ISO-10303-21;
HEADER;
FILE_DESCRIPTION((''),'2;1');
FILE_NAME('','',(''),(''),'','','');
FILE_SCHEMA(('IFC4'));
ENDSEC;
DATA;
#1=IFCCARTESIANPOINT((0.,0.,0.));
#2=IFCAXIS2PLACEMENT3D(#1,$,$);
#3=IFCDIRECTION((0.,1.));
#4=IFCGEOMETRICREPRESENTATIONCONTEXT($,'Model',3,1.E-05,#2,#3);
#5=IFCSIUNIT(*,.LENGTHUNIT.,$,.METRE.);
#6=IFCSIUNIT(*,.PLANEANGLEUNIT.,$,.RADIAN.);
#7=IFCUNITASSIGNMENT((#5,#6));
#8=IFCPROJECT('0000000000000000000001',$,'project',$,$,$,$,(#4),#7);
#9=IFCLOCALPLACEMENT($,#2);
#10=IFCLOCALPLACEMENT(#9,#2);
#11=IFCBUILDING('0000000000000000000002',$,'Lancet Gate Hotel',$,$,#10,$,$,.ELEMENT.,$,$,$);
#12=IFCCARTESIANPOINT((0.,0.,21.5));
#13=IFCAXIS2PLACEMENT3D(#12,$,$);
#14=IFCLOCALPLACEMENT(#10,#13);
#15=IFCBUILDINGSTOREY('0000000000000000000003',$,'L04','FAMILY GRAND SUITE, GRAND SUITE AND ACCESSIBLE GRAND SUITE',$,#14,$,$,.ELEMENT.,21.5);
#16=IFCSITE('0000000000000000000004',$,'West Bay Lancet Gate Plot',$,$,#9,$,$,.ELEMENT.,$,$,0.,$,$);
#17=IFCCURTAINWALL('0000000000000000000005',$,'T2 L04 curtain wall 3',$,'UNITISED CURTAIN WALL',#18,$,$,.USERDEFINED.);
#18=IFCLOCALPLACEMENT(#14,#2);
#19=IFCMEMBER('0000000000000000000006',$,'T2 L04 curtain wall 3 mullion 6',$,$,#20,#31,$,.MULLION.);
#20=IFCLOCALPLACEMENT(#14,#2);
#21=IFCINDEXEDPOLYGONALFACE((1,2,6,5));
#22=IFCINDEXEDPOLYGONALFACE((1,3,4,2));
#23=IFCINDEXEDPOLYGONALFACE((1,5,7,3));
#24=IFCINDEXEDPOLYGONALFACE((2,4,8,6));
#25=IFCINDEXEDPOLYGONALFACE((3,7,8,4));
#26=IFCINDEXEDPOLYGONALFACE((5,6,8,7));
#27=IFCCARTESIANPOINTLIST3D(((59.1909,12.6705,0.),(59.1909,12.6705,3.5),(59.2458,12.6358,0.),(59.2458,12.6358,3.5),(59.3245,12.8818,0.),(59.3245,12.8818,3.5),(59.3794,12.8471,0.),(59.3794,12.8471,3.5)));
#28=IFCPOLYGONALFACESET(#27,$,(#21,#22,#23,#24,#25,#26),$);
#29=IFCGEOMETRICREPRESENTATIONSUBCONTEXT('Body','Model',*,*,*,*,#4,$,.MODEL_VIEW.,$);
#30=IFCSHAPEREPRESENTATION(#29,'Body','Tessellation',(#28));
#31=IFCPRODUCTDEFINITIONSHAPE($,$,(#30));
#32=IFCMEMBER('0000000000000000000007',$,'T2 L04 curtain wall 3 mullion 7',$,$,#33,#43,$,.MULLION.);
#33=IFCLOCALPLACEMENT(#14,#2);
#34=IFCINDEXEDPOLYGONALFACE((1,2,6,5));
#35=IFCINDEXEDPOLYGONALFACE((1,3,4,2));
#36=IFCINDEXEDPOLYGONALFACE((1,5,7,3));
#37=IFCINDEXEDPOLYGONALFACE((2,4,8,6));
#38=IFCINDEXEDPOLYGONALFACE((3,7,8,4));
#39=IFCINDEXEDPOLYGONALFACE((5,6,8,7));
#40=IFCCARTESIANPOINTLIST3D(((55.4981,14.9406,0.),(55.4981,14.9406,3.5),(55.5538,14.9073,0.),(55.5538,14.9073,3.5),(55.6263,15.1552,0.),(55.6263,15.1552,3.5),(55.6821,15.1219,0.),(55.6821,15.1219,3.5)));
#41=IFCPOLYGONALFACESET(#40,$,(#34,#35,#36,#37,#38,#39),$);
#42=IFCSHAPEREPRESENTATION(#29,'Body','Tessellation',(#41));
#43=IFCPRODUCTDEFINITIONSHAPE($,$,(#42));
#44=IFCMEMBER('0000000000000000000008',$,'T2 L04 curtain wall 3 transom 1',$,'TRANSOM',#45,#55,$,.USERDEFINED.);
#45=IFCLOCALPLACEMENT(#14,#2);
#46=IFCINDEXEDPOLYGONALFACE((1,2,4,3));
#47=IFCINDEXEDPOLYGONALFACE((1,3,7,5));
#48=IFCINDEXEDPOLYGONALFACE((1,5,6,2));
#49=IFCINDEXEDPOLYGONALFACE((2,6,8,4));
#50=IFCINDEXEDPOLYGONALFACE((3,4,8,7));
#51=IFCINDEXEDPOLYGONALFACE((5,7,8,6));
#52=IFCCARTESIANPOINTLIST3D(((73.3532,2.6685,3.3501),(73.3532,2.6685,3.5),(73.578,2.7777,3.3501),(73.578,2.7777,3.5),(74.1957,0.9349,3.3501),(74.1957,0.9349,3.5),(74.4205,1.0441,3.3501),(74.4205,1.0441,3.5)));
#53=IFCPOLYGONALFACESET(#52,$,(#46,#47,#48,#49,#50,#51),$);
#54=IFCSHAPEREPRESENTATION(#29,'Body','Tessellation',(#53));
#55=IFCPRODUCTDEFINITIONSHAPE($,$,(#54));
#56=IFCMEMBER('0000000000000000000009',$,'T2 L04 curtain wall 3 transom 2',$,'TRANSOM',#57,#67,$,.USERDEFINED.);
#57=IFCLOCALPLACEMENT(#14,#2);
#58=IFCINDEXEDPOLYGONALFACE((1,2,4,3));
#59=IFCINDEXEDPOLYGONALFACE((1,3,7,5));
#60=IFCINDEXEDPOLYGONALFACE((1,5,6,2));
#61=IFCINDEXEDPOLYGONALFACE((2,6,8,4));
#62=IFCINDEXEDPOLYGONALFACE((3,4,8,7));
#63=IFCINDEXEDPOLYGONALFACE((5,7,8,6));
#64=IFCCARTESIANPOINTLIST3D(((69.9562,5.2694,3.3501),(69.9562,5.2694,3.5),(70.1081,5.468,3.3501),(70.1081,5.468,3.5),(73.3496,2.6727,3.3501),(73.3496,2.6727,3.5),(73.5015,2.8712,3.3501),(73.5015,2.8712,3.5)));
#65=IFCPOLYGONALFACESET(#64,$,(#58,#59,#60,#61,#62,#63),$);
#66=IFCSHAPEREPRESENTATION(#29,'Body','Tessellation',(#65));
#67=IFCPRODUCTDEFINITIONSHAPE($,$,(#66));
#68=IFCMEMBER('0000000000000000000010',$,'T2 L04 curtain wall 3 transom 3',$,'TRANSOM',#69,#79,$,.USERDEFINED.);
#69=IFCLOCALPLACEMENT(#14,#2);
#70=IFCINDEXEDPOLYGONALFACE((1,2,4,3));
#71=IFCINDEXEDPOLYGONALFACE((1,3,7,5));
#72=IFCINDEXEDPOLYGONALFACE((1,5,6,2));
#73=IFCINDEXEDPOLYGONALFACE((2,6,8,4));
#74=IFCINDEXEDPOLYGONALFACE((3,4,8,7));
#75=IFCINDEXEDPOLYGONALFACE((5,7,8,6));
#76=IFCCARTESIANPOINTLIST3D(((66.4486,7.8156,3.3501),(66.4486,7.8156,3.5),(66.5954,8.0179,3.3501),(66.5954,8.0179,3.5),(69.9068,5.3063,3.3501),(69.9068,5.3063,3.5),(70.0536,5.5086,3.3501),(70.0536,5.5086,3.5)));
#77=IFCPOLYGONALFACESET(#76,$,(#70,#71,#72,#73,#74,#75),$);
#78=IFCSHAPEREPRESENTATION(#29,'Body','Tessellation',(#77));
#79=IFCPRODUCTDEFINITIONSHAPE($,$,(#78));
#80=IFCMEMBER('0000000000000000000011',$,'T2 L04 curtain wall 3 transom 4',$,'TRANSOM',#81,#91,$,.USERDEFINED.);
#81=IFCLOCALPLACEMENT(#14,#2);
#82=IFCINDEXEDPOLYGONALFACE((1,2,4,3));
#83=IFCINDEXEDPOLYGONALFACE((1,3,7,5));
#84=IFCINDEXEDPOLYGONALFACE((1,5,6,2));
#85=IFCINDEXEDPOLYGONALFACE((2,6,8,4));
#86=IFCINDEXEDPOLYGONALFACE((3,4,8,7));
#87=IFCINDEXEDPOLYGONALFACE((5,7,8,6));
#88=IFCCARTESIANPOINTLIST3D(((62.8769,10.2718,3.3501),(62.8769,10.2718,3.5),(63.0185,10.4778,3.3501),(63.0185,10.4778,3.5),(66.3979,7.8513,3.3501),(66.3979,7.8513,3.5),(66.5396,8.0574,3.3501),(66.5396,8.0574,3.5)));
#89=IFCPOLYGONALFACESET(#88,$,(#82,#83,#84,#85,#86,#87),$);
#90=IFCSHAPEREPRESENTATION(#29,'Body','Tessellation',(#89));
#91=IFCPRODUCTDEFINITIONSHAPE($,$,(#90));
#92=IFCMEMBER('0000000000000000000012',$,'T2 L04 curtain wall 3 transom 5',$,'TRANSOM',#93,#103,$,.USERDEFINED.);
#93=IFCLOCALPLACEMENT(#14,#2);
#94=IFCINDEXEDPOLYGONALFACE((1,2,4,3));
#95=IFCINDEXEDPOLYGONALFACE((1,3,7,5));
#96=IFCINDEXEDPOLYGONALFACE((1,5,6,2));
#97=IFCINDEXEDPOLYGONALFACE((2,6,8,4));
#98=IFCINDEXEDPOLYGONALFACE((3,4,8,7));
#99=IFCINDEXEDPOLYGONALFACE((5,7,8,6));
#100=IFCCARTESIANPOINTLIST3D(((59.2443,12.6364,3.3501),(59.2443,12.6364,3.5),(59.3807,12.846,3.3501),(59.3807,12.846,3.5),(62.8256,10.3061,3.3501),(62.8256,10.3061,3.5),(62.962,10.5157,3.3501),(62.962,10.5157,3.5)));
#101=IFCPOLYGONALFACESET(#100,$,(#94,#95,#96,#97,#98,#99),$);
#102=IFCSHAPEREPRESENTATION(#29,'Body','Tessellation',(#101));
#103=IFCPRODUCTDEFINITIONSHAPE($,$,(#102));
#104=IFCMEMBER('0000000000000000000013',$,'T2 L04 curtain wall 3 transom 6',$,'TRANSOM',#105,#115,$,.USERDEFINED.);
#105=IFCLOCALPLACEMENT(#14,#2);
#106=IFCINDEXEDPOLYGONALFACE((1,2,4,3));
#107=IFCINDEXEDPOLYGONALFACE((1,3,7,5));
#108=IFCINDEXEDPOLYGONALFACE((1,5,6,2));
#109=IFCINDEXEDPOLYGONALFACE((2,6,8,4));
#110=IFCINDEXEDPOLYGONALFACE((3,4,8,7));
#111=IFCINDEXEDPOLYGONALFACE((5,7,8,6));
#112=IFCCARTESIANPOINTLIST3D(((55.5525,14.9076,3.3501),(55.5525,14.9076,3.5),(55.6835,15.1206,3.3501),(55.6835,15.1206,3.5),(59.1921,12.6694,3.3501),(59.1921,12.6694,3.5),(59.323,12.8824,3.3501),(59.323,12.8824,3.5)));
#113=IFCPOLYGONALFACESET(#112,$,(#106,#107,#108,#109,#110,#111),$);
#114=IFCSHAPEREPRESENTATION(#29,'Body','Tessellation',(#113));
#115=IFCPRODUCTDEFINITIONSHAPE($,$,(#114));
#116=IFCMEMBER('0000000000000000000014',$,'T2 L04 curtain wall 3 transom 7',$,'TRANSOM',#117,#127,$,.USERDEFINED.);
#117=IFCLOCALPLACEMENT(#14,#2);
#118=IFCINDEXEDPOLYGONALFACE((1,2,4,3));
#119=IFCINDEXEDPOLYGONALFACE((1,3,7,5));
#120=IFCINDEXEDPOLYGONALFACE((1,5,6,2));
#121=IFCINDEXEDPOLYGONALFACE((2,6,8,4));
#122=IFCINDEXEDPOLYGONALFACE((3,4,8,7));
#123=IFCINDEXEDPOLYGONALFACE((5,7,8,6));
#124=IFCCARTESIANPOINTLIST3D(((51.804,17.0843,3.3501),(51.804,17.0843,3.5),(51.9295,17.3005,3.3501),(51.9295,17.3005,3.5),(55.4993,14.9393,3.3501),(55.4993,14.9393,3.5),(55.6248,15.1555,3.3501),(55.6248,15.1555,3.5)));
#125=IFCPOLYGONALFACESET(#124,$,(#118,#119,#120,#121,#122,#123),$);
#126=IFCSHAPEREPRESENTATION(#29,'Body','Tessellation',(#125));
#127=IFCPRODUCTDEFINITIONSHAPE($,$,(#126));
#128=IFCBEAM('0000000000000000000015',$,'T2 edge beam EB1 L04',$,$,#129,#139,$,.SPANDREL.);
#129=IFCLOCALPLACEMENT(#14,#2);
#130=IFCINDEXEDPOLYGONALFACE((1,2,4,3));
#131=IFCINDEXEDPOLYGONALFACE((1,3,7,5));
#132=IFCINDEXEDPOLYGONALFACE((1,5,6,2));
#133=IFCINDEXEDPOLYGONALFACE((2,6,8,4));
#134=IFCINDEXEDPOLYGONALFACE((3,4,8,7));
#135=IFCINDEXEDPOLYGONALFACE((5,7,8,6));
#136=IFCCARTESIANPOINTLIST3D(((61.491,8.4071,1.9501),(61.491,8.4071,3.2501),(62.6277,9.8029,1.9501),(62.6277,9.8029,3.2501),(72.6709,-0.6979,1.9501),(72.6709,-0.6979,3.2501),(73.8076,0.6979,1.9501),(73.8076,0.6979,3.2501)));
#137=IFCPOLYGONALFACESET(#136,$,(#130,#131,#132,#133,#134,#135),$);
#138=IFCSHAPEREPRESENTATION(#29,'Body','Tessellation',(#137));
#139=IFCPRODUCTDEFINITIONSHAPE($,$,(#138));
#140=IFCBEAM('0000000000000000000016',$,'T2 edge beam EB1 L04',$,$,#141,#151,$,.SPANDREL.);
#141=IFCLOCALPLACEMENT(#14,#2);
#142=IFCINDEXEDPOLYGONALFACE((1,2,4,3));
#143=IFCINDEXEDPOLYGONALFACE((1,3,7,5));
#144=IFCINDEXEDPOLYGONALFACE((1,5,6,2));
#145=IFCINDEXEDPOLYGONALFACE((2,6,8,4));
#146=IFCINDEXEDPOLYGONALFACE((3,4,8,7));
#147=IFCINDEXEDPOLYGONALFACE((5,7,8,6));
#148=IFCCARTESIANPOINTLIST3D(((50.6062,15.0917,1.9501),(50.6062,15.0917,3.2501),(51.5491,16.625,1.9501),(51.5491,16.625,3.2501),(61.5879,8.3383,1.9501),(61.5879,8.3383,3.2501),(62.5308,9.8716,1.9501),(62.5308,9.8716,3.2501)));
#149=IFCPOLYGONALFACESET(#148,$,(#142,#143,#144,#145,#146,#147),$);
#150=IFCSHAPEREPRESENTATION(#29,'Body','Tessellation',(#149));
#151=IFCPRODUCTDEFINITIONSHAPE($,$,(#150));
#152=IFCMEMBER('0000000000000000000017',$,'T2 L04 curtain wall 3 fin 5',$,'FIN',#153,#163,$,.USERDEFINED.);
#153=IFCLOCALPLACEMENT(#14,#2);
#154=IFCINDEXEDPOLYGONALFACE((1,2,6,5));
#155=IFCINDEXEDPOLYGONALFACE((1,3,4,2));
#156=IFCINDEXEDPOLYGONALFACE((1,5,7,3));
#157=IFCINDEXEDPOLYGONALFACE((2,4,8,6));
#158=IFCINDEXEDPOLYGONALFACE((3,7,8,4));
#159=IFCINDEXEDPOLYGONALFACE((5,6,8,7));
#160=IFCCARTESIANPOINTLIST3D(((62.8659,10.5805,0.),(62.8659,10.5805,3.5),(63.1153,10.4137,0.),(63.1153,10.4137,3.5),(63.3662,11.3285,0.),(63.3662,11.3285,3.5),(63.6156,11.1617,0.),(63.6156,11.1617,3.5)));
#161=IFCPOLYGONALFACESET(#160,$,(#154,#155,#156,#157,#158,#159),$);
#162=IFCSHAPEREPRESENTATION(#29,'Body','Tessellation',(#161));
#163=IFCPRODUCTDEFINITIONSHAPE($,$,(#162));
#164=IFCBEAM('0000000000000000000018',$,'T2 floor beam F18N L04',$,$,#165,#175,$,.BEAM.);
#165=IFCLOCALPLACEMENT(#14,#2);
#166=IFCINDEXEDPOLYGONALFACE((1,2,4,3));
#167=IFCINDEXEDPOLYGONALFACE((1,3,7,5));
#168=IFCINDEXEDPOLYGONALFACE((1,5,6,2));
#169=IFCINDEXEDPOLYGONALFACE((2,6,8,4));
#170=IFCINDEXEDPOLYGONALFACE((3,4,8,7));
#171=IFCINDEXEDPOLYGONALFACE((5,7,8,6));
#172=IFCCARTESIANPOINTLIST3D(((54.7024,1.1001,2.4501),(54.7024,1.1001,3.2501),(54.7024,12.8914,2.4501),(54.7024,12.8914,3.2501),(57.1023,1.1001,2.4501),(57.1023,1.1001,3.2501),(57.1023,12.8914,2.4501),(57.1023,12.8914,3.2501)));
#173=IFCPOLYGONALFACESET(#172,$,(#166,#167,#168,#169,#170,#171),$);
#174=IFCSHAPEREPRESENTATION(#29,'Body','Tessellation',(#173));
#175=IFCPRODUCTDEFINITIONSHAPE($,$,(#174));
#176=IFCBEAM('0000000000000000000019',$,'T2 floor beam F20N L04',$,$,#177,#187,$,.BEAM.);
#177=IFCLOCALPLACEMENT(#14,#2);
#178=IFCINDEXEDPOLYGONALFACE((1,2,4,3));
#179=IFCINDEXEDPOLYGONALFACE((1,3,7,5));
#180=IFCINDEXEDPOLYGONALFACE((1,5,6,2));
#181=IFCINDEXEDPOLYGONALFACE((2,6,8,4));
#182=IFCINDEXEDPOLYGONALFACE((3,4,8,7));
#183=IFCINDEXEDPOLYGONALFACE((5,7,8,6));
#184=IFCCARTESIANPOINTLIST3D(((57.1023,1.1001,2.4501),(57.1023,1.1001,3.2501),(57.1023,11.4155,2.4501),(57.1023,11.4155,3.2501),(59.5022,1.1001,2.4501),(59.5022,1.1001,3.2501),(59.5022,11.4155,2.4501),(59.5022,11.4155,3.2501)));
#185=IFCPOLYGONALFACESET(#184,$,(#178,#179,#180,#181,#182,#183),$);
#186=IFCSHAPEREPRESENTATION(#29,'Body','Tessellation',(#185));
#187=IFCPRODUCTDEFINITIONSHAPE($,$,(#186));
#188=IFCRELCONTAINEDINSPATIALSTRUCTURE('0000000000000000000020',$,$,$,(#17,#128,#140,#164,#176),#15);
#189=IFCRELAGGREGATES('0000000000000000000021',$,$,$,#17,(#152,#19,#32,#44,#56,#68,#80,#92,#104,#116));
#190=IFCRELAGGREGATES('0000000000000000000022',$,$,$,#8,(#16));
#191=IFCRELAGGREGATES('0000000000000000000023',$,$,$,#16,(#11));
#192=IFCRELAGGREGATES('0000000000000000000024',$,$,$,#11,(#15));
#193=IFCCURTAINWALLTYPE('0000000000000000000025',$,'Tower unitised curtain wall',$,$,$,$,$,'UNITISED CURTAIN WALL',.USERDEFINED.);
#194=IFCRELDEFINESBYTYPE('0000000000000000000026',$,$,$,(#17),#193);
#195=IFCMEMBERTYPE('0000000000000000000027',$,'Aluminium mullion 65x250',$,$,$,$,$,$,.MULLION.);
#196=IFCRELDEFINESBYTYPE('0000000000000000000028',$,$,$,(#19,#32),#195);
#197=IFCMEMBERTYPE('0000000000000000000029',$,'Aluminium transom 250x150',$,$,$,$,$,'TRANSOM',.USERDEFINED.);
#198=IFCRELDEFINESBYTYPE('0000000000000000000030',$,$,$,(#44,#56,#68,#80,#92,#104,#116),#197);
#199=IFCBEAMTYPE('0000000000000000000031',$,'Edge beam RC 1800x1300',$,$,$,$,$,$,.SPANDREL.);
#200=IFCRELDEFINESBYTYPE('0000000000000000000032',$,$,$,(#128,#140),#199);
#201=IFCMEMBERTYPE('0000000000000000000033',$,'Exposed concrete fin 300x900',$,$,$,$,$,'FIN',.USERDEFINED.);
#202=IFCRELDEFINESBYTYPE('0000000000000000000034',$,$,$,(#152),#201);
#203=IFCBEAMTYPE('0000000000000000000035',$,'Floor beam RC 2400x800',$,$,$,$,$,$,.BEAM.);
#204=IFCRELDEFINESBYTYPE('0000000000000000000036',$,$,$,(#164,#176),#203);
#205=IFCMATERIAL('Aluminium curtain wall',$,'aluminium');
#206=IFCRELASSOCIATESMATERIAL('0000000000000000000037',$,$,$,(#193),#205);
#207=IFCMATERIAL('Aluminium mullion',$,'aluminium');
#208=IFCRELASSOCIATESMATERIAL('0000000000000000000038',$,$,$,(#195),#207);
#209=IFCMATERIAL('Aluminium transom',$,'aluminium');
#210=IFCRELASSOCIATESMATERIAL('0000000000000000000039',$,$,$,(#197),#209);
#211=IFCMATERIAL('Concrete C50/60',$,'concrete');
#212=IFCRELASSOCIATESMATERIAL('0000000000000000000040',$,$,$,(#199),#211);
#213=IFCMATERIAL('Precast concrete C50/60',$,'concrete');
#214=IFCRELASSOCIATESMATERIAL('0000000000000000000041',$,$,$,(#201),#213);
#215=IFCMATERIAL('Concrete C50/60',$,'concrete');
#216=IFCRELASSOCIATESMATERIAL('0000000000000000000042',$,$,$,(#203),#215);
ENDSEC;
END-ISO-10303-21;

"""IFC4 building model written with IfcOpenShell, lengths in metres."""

from ifc_helpers import new_model, si_unit, direction, frame, origin, origin_2d, place, context, subcontext, project, spatial, rectangle, extrude, material, material_profile, profile_set, type_object, element, aggregate, save


model = new_model("IFC4")

# Units and contexts
model_context = context("Model", 3, precision=1e-05, world=origin(), true_north=direction((0.0, 1.0)))
body_context = subcontext(model_context, "Body", "Model", "MODEL_VIEW")
ifc_project = project(units=[si_unit("LENGTHUNIT", "METRE"), si_unit("PLANEANGLEUNIT", "RADIAN")], contexts=[model_context])

# Site, building, storey
site_placement = place(None, origin())
site = spatial("IfcSite", under=ifc_project, at=site_placement, Name="West Bay Lancet Gate Plot", CompositionType="ELEMENT", RefElevation=0.0)
building_placement = place(site_placement, origin())
building = spatial("IfcBuilding", under=site, at=building_placement, Name="Lancet Gate Hotel", CompositionType="ELEMENT")
storey_placement = place(building_placement, frame((0.0, 0.0, 21.5)))
storey = spatial("IfcBuildingStorey", under=building, at=storey_placement, Name="L04", Description="FAMILY GRAND SUITE, GRAND SUITE AND ACCESSIBLE GRAND SUITE", CompositionType="ELEMENT", Elevation=21.5)

# Curtain wall, members
ifc_material_1 = material(Name="Aluminium curtain wall", Category="aluminium")
curtain_wall_type = type_object("IfcCurtainWallType", Name="Tower unitised curtain wall", ElementType="UNITISED CURTAIN WALL", PredefinedType="USERDEFINED", material=ifc_material_1)
curtain_wall_placement = place(storey_placement, origin())
curtain_wall = element("IfcCurtainWall", 1, at=curtain_wall_placement, inside=storey, type_object=curtain_wall_type, Name="T2 L04 curtain wall 3", ObjectType="UNITISED CURTAIN WALL", PredefinedType="USERDEFINED")
ifc_material_2 = material(Name="Aluminium mullion", Category="aluminium")
ifc_material_profile_1 = material_profile(ifc_material_2, rectangle(XDim=0.0649, YDim=0.25, at=origin_2d()), Name="MULLION 65x250")
ifc_profile_set_1 = profile_set([ifc_material_profile_1], Name="Aluminium mullion")
member_type_1 = type_object("IfcMemberType", Name="Aluminium mullion 65x250", PredefinedType="MULLION", material=ifc_profile_set_1)
member_1_placement = place(storey_placement, frame((59.2852, 12.7588, 0.0), z_axis=(0.0, 0.0, 1.0), x_axis=(-0.845079, 0.534641, 0.0)))
member_1 = element("IfcMember", 2, at=member_1_placement, type_object=member_type_1, Name="T2 L04 curtain wall 3 mullion 6", PredefinedType="MULLION", context=body_context, shape_type="SweptSolid", body=[
    extrude(rectangle(XDim=0.0649, YDim=0.25, at=origin_2d()), origin(), (0.0, 0.0, 1.0), 3.5),
])
member_2_placement = place(storey_placement, frame((55.5901, 15.0312, 0.0), z_axis=(0.0, 0.0, 1.0), x_axis=(-0.858413, 0.512959, 0.0)))
member_2 = element("IfcMember", 3, at=member_2_placement, type_object=member_type_1, Name="T2 L04 curtain wall 3 mullion 7", PredefinedType="MULLION", context=body_context, shape_type="SweptSolid", body=[
    extrude(rectangle(XDim=0.0649, YDim=0.25, at=origin_2d()), origin(), (0.0, 0.0, 1.0), 3.5),
])
ifc_material_3 = material(Name="Aluminium transom", Category="aluminium")
ifc_material_profile_2 = material_profile(ifc_material_3, rectangle(XDim=0.25, YDim=0.1499, at=origin_2d()), Name="TRANSOM 250x150")
ifc_profile_set_2 = profile_set([ifc_material_profile_2], Name="Aluminium transom")
member_type_2 = type_object("IfcMemberType", Name="Aluminium transom 250x150", ElementType="TRANSOM", PredefinedType="USERDEFINED", material=ifc_profile_set_2)
member_3_placement = place(storey_placement, frame((74.3081, 0.9895, 3.425), z_axis=(-0.437103, 0.899411, 0.0), x_axis=(-0.899411, -0.437103, 0.0)))
member_3 = element("IfcMember", 4, at=member_3_placement, type_object=member_type_2, Name="T2 L04 curtain wall 3 transom 1", ObjectType="TRANSOM", PredefinedType="USERDEFINED", context=body_context, shape_type="SweptSolid", body=[
    extrude(rectangle(XDim=0.25, YDim=0.1499, at=origin_2d()), origin(), (0.0, 0.0, 1.0), 1.9275),
])
member_4_placement = place(storey_placement, frame((73.4255, 2.772, 3.425), z_axis=(-0.794155, 0.607715, 0.0), x_axis=(-0.607715, -0.794155, 0.0)))
member_4 = element("IfcMember", 5, at=member_4_placement, type_object=member_type_2, Name="T2 L04 curtain wall 3 transom 2", ObjectType="TRANSOM", PredefinedType="USERDEFINED", context=body_context, shape_type="SweptSolid", body=[
    extrude(rectangle(XDim=0.25, YDim=0.1499, at=origin_2d()), origin(), (0.0, 0.0, 1.0), 4.2729),
])
member_5_placement = place(storey_placement, frame((69.9802, 5.4075, 3.425), z_axis=(-0.809383, 0.587281, 0.0), x_axis=(-0.587281, -0.809383, 0.0)))
member_5 = element("IfcMember", 6, at=member_5_placement, type_object=member_type_2, Name="T2 L04 curtain wall 3 transom 3", ObjectType="TRANSOM", PredefinedType="USERDEFINED", context=body_context, shape_type="SweptSolid", body=[
    extrude(rectangle(XDim=0.25, YDim=0.1499, at=origin_2d()), origin(), (0.0, 0.0, 1.0), 4.2727),
])
member_6_placement = place(storey_placement, frame((66.4688, 7.9543, 3.425), z_axis=(-0.824072, 0.566485, 0.0), x_axis=(-0.566485, -0.824072, 0.0)))
member_6 = element("IfcMember", 7, at=member_6_placement, type_object=member_type_2, Name="T2 L04 curtain wall 3 transom 4", ObjectType="TRANSOM", PredefinedType="USERDEFINED", context=body_context, shape_type="SweptSolid", body=[
    extrude(rectangle(XDim=0.25, YDim=0.1499, at=origin_2d()), origin(), (0.0, 0.0, 1.0), 4.2727),
])
member_7_placement = place(storey_placement, frame((62.8938, 10.4109, 3.425), z_axis=(-0.838179, 0.545396, 0.0), x_axis=(-0.545396, -0.838179, 0.0)))
member_7 = element("IfcMember", 8, at=member_7_placement, type_object=member_type_2, Name="T2 L04 curtain wall 3 transom 5", ObjectType="TRANSOM", PredefinedType="USERDEFINED", context=body_context, shape_type="SweptSolid", body=[
    extrude(rectangle(XDim=0.25, YDim=0.1499, at=origin_2d()), origin(), (0.0, 0.0, 1.0), 4.2727),
])
member_8_placement = place(storey_placement, frame((59.2576, 12.7759, 3.425), z_axis=(-0.851815, 0.523842, 0.0), x_axis=(-0.523842, -0.851815, 0.0)))
member_8 = element("IfcMember", 9, at=member_8_placement, type_object=member_type_2, Name="T2 L04 curtain wall 3 transom 6", ObjectType="TRANSOM", PredefinedType="USERDEFINED", context=body_context, shape_type="SweptSolid", body=[
    extrude(rectangle(XDim=0.25, YDim=0.1499, at=origin_2d()), origin(), (0.0, 0.0, 1.0), 4.2727),
])
member_9_placement = place(storey_placement, frame((55.562, 15.0474, 3.425), z_axis=(-0.864855, 0.502022, 0.0), x_axis=(-0.502022, -0.864855, 0.0)))
member_9 = element("IfcMember", 10, at=member_9_placement, type_object=member_type_2, Name="T2 L04 curtain wall 3 transom 7", ObjectType="TRANSOM", PredefinedType="USERDEFINED", context=body_context, shape_type="SweptSolid", body=[
    extrude(rectangle(XDim=0.25, YDim=0.1499, at=origin_2d()), origin(), (0.0, 0.0, 1.0), 4.2727),
])

# Beams
ifc_material_4 = material(Name="Concrete C50/60", Category="concrete")
ifc_material_profile_3 = material_profile(ifc_material_4, rectangle(XDim=1.8, YDim=1.3, at=origin_2d()), Name="RC 1800x1300")
ifc_profile_set_3 = profile_set([ifc_material_profile_3], Name="Concrete C50/60")
beam_type_1 = type_object("IfcBeamType", Name="Edge beam RC 1800x1300", PredefinedType="SPANDREL", material=ifc_profile_set_3)
beam_1_placement = place(storey_placement, frame((73.2393, 0.0, 2.6001), z_axis=(-0.775391, 0.631481, 0.0), x_axis=(-0.631481, -0.775391, 0.0)))
element("IfcBeam", 11, at=beam_1_placement, inside=storey, type_object=beam_type_1, Name="T2 edge beam EB1 L04", PredefinedType="SPANDREL", context=body_context, shape_type="SweptSolid", body=[
    extrude(rectangle(XDim=1.8, YDim=1.3, at=origin_2d()), origin(), (0.0, 0.0, 1.0), 14.4185),
])
beam_2_placement = place(storey_placement, frame((62.0593, 9.105, 2.6001), z_axis=(-0.851816, 0.523842, 0.0), x_axis=(-0.523842, -0.851816, 0.0)))
element("IfcBeam", 12, at=beam_2_placement, inside=storey, type_object=beam_type_1, Name="T2 edge beam EB1 L04", PredefinedType="SPANDREL", context=body_context, shape_type="SweptSolid", body=[
    extrude(rectangle(XDim=1.8, YDim=1.3, at=origin_2d()), origin(), (0.0, 0.0, 1.0), 12.8921),
])

# Member
ifc_material_5 = material(Name="Precast concrete C50/60", Category="concrete")
ifc_material_profile_4 = material_profile(ifc_material_5, rectangle(XDim=0.3, YDim=0.8999, at=origin_2d()), Name="FIN 300x900")
ifc_profile_set_4 = profile_set([ifc_material_profile_4], Name="Precast concrete C50/60")
member_type_3 = type_object("IfcMemberType", Name="Exposed concrete fin 300x900", ElementType="FIN", PredefinedType="USERDEFINED", material=ifc_profile_set_4)
member_10_placement = place(storey_placement, frame((63.2407, 10.8711, 0.0), z_axis=(0.0, 0.0, 1.0), x_axis=(-0.831198, 0.555976, 0.0)))
member_10 = element("IfcMember", 13, at=member_10_placement, type_object=member_type_3, Name="T2 L04 curtain wall 3 fin 5", ObjectType="FIN", PredefinedType="USERDEFINED", context=body_context, shape_type="SweptSolid", body=[
    extrude(rectangle(XDim=0.3, YDim=0.8999, at=origin_2d()), origin(), (0.0, 0.0, 1.0), 3.5),
])

# Beams
ifc_material_6 = material(Name="Concrete C50/60", Category="concrete")
ifc_material_profile_5 = material_profile(ifc_material_6, rectangle(XDim=2.3999, YDim=0.8, at=origin_2d()), Name="RC 2400x800")
ifc_profile_set_5 = profile_set([ifc_material_profile_5], Name="Concrete C50/60")
beam_type_2 = type_object("IfcBeamType", Name="Floor beam RC 2400x800", PredefinedType="BEAM", material=ifc_profile_set_5)
beam_3_placement = place(storey_placement, frame((55.9023, 1.1001, 2.8501), z_axis=(0.0, 1.0, 0.0), x_axis=(-1.0, 0.0, 0.0)))
element("IfcBeam", 14, at=beam_3_placement, inside=storey, type_object=beam_type_2, Name="T2 floor beam F18N L04", PredefinedType="BEAM", context=body_context, shape_type="SweptSolid", body=[
    extrude(rectangle(XDim=2.3999, YDim=0.8, at=origin_2d()), origin(), (0.0, 0.0, 1.0), 11.7913),
])
beam_4_placement = place(storey_placement, frame((58.3022, 1.1001, 2.8501), z_axis=(0.0, 1.0, 0.0), x_axis=(-1.0, 0.0, 0.0)))
element("IfcBeam", 15, at=beam_4_placement, inside=storey, type_object=beam_type_2, Name="T2 floor beam F20N L04", PredefinedType="BEAM", context=body_context, shape_type="SweptSolid", body=[
    extrude(rectangle(XDim=2.3999, YDim=0.8, at=origin_2d()), origin(), (0.0, 0.0, 1.0), 10.3154),
])

aggregate(curtain_wall, [member_10, member_1, member_2, member_3, member_4, member_5, member_6, member_7, member_8, member_9])

save(model, "model.ifc")
